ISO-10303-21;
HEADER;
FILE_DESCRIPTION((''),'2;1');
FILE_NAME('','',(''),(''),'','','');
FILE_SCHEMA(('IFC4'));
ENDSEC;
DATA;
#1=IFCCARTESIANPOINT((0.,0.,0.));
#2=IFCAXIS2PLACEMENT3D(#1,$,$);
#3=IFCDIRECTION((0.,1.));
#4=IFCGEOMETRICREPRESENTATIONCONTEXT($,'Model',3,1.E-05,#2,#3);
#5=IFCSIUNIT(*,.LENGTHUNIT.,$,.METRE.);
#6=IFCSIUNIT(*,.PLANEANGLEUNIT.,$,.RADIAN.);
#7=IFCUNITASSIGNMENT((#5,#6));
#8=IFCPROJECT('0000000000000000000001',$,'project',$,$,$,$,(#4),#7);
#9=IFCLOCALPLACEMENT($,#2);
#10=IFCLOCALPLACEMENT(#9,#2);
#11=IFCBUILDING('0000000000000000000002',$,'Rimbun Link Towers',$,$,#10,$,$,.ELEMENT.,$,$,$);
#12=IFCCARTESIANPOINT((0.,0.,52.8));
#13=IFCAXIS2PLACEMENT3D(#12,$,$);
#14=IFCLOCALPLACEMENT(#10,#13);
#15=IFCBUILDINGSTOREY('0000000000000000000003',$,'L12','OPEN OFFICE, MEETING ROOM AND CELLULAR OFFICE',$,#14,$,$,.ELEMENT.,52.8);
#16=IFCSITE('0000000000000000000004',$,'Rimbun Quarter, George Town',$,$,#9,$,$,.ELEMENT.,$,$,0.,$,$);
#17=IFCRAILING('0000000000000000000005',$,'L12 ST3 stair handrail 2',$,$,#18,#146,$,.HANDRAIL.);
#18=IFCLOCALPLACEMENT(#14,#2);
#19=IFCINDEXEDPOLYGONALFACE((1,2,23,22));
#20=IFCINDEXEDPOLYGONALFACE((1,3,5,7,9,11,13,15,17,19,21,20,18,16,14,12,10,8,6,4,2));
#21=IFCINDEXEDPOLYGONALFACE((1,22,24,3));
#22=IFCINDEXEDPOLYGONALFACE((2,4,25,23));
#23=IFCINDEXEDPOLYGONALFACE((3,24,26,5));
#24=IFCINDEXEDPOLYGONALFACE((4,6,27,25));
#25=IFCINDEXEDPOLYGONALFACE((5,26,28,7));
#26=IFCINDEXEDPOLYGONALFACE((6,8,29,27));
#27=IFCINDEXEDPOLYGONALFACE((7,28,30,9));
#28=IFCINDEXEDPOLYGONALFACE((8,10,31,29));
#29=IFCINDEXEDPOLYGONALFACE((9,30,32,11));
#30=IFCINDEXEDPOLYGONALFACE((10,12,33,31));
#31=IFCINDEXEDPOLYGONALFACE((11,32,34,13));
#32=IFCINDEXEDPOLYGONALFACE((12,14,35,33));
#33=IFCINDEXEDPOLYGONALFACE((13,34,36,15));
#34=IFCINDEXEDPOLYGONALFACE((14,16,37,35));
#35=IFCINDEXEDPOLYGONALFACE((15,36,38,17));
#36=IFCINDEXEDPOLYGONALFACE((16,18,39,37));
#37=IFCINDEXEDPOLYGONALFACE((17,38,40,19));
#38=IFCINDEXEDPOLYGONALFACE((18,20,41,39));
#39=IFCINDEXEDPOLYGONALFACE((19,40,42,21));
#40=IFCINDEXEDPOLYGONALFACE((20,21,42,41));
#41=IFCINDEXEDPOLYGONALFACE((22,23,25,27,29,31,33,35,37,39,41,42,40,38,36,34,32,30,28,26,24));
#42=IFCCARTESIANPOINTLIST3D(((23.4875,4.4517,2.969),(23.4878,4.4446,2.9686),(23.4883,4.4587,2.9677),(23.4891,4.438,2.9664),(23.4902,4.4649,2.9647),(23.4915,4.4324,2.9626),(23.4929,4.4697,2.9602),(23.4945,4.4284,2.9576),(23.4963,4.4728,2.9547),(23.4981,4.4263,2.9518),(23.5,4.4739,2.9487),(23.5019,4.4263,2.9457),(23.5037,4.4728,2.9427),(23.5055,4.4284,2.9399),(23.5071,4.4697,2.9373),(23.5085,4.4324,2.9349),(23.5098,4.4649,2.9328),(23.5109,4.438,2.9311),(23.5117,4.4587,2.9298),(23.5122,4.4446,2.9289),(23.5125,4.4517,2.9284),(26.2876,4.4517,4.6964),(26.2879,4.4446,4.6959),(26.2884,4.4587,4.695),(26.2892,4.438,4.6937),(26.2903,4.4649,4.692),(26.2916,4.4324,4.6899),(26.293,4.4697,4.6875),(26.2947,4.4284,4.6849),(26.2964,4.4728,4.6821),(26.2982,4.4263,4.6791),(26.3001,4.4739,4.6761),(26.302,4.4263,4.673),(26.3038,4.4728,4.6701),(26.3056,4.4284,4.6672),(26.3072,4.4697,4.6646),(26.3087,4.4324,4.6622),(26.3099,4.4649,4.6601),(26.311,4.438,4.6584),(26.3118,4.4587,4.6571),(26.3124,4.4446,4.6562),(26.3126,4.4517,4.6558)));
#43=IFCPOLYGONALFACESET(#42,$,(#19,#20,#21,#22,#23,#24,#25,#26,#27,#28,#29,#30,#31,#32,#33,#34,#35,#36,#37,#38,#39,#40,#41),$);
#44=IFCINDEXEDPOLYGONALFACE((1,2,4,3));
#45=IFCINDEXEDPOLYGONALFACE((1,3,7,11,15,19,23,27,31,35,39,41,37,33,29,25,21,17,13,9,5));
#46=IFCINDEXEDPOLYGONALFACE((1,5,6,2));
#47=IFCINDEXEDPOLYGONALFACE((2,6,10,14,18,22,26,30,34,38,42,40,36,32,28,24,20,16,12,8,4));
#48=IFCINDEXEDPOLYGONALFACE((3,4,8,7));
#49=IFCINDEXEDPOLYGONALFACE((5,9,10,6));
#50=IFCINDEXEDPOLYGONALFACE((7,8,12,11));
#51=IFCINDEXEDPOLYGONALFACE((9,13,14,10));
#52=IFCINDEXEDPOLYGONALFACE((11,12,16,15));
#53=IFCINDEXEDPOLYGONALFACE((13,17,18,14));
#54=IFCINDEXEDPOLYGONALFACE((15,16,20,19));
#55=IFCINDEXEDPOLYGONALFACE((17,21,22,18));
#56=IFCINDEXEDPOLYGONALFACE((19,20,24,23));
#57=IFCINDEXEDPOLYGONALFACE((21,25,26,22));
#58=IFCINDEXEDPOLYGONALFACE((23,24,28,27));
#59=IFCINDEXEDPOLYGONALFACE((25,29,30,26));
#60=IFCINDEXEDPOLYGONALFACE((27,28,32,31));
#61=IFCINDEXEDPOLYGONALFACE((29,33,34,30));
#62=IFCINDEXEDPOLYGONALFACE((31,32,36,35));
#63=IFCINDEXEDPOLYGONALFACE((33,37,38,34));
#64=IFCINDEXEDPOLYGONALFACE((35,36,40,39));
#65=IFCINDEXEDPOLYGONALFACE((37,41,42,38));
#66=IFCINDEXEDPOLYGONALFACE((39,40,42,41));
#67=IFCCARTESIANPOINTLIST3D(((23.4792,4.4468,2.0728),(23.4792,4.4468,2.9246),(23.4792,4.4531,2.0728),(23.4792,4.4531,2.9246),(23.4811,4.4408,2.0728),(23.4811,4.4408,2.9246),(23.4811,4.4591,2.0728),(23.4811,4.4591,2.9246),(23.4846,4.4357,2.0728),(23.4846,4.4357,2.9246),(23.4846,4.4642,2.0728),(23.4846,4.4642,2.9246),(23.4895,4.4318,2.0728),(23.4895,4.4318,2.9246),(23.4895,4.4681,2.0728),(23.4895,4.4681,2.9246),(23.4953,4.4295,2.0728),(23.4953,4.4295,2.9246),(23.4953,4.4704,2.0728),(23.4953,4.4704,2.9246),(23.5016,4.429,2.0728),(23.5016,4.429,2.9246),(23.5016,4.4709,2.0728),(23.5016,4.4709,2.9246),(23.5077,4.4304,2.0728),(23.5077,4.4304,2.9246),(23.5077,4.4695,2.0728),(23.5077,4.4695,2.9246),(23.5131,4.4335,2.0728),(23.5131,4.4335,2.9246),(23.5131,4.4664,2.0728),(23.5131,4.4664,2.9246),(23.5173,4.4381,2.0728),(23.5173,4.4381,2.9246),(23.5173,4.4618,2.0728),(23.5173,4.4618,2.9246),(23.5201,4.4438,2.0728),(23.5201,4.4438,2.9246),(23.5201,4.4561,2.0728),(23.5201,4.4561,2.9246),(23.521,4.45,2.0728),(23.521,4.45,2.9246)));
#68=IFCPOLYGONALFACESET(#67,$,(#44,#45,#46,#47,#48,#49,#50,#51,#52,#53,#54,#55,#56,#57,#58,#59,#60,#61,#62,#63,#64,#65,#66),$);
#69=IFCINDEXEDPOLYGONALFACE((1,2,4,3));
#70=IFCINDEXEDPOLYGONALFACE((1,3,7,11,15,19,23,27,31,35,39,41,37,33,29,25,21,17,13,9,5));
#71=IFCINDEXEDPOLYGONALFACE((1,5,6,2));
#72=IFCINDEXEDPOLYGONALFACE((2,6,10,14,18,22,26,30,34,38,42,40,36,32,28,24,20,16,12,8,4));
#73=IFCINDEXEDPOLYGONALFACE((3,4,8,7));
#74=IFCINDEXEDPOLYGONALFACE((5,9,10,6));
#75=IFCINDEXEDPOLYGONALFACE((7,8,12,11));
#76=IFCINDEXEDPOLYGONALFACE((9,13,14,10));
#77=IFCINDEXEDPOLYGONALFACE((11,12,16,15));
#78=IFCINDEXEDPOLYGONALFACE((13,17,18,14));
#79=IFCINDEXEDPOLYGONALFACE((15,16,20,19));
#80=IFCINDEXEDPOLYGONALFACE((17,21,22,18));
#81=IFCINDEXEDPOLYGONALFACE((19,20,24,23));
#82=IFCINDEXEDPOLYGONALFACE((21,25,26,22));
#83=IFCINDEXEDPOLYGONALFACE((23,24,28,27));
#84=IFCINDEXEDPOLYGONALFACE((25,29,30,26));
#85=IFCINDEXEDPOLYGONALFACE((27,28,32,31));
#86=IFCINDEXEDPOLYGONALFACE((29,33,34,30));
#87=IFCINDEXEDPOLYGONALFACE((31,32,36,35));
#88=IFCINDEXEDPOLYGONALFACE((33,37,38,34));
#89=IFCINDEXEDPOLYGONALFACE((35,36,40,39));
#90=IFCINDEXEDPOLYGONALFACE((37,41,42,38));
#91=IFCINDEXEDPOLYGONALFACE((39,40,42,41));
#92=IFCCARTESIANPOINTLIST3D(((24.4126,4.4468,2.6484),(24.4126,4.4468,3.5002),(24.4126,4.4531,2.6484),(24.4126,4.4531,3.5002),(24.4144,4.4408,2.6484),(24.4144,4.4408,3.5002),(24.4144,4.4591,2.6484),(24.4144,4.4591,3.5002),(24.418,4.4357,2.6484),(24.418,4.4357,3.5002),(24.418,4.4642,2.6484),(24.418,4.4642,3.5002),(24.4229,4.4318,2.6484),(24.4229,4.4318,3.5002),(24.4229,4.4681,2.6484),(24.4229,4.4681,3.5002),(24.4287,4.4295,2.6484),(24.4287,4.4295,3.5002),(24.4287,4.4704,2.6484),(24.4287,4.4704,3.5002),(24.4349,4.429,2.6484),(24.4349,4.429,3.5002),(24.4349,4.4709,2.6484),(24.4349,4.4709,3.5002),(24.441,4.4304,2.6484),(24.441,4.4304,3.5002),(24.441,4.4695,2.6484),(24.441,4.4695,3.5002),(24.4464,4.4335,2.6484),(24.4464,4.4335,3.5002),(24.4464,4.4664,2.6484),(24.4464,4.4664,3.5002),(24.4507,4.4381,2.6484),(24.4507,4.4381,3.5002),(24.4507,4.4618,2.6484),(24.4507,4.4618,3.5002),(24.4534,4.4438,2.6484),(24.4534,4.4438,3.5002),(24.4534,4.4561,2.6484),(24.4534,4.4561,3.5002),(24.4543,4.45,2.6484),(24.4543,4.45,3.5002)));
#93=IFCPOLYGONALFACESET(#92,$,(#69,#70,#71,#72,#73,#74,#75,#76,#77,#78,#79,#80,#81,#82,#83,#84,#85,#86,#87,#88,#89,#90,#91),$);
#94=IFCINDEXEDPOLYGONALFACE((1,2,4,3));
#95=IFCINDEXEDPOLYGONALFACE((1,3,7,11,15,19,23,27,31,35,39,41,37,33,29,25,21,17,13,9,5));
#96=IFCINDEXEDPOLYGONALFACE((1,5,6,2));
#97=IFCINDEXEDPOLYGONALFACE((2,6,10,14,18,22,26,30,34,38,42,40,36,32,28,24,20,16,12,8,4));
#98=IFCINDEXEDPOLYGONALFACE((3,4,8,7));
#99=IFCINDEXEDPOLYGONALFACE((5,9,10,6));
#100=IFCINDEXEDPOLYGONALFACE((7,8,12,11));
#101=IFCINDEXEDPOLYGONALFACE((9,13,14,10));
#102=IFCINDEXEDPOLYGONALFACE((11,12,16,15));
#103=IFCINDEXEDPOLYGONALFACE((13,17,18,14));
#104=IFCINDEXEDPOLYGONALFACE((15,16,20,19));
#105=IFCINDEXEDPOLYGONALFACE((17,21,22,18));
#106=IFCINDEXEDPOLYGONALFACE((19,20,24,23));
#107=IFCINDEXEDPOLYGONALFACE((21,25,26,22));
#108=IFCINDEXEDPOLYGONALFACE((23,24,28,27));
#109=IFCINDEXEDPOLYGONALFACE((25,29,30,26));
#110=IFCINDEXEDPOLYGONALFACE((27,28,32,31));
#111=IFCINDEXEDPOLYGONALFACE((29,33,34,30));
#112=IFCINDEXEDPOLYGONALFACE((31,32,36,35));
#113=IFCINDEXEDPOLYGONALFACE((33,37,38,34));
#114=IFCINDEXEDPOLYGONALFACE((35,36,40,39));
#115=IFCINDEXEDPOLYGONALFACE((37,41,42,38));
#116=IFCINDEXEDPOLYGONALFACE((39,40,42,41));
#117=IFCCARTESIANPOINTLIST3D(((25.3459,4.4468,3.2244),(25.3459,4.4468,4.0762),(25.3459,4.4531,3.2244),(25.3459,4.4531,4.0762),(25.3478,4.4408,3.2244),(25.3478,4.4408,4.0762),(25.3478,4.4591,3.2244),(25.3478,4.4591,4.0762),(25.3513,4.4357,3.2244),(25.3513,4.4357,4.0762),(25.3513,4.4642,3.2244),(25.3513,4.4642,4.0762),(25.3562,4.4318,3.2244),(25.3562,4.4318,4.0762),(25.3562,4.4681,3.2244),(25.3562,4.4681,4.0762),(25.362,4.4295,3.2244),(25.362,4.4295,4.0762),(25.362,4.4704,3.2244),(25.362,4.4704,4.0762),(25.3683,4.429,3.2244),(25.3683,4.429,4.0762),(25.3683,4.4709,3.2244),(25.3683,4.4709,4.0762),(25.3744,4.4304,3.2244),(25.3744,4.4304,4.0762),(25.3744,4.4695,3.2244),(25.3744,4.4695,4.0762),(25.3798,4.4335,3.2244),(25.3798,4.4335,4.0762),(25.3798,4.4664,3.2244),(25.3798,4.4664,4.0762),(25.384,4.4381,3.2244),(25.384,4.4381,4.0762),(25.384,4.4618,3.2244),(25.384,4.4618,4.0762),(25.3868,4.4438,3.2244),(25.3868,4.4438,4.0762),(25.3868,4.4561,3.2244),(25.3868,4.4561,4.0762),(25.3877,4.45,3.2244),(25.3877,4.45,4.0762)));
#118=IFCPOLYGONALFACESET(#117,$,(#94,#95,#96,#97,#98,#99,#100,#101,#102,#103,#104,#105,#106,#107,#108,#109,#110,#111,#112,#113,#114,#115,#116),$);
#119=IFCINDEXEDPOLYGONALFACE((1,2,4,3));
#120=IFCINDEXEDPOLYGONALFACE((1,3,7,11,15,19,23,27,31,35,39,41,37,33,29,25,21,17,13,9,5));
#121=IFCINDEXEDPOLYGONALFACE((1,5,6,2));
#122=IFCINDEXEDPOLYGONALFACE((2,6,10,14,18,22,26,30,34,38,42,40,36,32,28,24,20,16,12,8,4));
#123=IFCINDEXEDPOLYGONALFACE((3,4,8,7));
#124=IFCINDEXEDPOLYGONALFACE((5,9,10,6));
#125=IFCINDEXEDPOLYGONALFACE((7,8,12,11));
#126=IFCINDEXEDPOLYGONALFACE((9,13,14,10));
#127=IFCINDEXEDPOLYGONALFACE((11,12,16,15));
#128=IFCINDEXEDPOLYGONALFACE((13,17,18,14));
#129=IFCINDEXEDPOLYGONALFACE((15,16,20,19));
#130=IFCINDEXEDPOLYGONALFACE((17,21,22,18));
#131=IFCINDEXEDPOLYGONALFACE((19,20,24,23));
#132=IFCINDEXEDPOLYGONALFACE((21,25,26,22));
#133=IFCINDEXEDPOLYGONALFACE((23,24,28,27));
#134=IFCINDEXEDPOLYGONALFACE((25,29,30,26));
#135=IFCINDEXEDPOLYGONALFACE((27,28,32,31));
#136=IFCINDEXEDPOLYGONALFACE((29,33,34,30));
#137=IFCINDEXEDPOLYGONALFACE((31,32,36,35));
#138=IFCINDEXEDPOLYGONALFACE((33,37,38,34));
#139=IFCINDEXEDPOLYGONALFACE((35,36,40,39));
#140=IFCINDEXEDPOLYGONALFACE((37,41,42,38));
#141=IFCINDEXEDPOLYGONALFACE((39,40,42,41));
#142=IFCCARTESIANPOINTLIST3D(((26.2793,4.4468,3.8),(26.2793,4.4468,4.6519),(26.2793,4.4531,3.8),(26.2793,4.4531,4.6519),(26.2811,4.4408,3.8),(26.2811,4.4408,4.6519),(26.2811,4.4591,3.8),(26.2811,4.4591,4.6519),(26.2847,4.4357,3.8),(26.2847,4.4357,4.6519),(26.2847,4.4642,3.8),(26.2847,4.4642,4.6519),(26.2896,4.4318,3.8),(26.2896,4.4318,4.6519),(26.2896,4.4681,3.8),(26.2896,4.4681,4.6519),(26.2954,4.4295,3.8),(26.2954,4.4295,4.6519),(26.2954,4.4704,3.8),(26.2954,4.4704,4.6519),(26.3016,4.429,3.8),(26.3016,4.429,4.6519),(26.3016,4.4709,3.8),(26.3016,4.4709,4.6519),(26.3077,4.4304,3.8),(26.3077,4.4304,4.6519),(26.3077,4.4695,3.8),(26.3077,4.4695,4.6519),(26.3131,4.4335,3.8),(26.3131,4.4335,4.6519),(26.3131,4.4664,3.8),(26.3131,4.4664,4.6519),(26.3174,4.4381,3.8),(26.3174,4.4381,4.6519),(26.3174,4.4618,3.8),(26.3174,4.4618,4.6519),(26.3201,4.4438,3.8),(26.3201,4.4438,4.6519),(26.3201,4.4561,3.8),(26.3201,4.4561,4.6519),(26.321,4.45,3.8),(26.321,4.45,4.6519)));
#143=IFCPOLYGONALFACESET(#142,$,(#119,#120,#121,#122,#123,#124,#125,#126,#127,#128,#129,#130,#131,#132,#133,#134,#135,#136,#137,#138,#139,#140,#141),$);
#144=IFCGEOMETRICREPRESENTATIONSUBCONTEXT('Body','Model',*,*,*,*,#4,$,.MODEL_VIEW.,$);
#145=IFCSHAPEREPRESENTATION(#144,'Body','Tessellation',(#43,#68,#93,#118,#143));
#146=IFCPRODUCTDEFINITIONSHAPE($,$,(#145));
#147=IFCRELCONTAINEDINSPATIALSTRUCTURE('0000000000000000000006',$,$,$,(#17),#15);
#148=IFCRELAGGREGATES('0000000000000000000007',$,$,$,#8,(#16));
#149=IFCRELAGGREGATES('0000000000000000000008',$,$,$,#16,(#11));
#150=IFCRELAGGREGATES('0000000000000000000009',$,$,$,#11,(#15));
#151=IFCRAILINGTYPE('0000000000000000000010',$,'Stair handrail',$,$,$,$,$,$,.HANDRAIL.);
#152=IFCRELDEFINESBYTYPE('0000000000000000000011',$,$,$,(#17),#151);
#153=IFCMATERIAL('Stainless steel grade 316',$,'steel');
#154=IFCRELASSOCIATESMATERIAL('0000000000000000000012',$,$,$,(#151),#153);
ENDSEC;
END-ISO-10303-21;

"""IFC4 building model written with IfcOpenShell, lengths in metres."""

from ifc_helpers import new_model, si_unit, direction, frame, origin, origin_2d, place, context, subcontext, project, spatial, circle, extrude, material, type_object, element, save


model = new_model("IFC4")

# Units and contexts
model_context = context("Model", 3, precision=1e-05, world=origin(), true_north=direction((0.0, 1.0)))
body_context = subcontext(model_context, "Body", "Model", "MODEL_VIEW")
ifc_project = project(units=[si_unit("LENGTHUNIT", "METRE"), si_unit("PLANEANGLEUNIT", "RADIAN")], contexts=[model_context])

# Site, building, storey
site_placement = place(None, origin())
site = spatial("IfcSite", under=ifc_project, at=site_placement, Name="Rimbun Quarter, George Town", CompositionType="ELEMENT", RefElevation=0.0)
building_placement = place(site_placement, origin())
building = spatial("IfcBuilding", under=site, at=building_placement, Name="Rimbun Link Towers", CompositionType="ELEMENT")
storey_placement = place(building_placement, frame((0.0, 0.0, 52.8)))
storey = spatial("IfcBuildingStorey", under=building, at=storey_placement, Name="L12", Description="OPEN OFFICE, MEETING ROOM AND CELLULAR OFFICE", CompositionType="ELEMENT", Elevation=52.8)

# Railing
ifc_material_1 = material(Name="Stainless steel grade 316", Category="steel")
railing_type_1 = type_object("IfcRailingType", Name="Stair handrail", PredefinedType="HANDRAIL", material=ifc_material_1)
railing_1_placement = place(storey_placement, frame((23.5, 4.45, 2.0728)))
element("IfcRailing", 1, at=railing_1_placement, inside=storey, type_object=railing_type_1, Name="L12 ST3 stair handrail 2", PredefinedType="HANDRAIL", context=body_context, shape_type="SweptSolid", body=[
    extrude(circle(Radius=0.0239, at=origin_2d()), frame((0.0, 0.0, 0.876), z_axis=(0.85109, 0.0, 0.52502), x_axis=(0.0, 1.0, 0.0)), (0.0, 0.0, 1.0), 3.29),
    extrude(circle(Radius=0.021, at=origin_2d()), origin(), (0.0, 0.0, 1.0), 0.8518),
    extrude(circle(Radius=0.021, at=origin_2d()), frame((0.9333, 0.0, 0.5757)), (0.0, 0.0, 1.0), 0.8518),
    extrude(circle(Radius=0.021, at=origin_2d()), frame((1.8667, 0.0, 1.1516)), (0.0, 0.0, 1.0), 0.8518),
    extrude(circle(Radius=0.021, at=origin_2d()), frame((2.8, 0.0, 1.7273)), (0.0, 0.0, 1.0), 0.8518),
])

save(model, "model.ifc")
